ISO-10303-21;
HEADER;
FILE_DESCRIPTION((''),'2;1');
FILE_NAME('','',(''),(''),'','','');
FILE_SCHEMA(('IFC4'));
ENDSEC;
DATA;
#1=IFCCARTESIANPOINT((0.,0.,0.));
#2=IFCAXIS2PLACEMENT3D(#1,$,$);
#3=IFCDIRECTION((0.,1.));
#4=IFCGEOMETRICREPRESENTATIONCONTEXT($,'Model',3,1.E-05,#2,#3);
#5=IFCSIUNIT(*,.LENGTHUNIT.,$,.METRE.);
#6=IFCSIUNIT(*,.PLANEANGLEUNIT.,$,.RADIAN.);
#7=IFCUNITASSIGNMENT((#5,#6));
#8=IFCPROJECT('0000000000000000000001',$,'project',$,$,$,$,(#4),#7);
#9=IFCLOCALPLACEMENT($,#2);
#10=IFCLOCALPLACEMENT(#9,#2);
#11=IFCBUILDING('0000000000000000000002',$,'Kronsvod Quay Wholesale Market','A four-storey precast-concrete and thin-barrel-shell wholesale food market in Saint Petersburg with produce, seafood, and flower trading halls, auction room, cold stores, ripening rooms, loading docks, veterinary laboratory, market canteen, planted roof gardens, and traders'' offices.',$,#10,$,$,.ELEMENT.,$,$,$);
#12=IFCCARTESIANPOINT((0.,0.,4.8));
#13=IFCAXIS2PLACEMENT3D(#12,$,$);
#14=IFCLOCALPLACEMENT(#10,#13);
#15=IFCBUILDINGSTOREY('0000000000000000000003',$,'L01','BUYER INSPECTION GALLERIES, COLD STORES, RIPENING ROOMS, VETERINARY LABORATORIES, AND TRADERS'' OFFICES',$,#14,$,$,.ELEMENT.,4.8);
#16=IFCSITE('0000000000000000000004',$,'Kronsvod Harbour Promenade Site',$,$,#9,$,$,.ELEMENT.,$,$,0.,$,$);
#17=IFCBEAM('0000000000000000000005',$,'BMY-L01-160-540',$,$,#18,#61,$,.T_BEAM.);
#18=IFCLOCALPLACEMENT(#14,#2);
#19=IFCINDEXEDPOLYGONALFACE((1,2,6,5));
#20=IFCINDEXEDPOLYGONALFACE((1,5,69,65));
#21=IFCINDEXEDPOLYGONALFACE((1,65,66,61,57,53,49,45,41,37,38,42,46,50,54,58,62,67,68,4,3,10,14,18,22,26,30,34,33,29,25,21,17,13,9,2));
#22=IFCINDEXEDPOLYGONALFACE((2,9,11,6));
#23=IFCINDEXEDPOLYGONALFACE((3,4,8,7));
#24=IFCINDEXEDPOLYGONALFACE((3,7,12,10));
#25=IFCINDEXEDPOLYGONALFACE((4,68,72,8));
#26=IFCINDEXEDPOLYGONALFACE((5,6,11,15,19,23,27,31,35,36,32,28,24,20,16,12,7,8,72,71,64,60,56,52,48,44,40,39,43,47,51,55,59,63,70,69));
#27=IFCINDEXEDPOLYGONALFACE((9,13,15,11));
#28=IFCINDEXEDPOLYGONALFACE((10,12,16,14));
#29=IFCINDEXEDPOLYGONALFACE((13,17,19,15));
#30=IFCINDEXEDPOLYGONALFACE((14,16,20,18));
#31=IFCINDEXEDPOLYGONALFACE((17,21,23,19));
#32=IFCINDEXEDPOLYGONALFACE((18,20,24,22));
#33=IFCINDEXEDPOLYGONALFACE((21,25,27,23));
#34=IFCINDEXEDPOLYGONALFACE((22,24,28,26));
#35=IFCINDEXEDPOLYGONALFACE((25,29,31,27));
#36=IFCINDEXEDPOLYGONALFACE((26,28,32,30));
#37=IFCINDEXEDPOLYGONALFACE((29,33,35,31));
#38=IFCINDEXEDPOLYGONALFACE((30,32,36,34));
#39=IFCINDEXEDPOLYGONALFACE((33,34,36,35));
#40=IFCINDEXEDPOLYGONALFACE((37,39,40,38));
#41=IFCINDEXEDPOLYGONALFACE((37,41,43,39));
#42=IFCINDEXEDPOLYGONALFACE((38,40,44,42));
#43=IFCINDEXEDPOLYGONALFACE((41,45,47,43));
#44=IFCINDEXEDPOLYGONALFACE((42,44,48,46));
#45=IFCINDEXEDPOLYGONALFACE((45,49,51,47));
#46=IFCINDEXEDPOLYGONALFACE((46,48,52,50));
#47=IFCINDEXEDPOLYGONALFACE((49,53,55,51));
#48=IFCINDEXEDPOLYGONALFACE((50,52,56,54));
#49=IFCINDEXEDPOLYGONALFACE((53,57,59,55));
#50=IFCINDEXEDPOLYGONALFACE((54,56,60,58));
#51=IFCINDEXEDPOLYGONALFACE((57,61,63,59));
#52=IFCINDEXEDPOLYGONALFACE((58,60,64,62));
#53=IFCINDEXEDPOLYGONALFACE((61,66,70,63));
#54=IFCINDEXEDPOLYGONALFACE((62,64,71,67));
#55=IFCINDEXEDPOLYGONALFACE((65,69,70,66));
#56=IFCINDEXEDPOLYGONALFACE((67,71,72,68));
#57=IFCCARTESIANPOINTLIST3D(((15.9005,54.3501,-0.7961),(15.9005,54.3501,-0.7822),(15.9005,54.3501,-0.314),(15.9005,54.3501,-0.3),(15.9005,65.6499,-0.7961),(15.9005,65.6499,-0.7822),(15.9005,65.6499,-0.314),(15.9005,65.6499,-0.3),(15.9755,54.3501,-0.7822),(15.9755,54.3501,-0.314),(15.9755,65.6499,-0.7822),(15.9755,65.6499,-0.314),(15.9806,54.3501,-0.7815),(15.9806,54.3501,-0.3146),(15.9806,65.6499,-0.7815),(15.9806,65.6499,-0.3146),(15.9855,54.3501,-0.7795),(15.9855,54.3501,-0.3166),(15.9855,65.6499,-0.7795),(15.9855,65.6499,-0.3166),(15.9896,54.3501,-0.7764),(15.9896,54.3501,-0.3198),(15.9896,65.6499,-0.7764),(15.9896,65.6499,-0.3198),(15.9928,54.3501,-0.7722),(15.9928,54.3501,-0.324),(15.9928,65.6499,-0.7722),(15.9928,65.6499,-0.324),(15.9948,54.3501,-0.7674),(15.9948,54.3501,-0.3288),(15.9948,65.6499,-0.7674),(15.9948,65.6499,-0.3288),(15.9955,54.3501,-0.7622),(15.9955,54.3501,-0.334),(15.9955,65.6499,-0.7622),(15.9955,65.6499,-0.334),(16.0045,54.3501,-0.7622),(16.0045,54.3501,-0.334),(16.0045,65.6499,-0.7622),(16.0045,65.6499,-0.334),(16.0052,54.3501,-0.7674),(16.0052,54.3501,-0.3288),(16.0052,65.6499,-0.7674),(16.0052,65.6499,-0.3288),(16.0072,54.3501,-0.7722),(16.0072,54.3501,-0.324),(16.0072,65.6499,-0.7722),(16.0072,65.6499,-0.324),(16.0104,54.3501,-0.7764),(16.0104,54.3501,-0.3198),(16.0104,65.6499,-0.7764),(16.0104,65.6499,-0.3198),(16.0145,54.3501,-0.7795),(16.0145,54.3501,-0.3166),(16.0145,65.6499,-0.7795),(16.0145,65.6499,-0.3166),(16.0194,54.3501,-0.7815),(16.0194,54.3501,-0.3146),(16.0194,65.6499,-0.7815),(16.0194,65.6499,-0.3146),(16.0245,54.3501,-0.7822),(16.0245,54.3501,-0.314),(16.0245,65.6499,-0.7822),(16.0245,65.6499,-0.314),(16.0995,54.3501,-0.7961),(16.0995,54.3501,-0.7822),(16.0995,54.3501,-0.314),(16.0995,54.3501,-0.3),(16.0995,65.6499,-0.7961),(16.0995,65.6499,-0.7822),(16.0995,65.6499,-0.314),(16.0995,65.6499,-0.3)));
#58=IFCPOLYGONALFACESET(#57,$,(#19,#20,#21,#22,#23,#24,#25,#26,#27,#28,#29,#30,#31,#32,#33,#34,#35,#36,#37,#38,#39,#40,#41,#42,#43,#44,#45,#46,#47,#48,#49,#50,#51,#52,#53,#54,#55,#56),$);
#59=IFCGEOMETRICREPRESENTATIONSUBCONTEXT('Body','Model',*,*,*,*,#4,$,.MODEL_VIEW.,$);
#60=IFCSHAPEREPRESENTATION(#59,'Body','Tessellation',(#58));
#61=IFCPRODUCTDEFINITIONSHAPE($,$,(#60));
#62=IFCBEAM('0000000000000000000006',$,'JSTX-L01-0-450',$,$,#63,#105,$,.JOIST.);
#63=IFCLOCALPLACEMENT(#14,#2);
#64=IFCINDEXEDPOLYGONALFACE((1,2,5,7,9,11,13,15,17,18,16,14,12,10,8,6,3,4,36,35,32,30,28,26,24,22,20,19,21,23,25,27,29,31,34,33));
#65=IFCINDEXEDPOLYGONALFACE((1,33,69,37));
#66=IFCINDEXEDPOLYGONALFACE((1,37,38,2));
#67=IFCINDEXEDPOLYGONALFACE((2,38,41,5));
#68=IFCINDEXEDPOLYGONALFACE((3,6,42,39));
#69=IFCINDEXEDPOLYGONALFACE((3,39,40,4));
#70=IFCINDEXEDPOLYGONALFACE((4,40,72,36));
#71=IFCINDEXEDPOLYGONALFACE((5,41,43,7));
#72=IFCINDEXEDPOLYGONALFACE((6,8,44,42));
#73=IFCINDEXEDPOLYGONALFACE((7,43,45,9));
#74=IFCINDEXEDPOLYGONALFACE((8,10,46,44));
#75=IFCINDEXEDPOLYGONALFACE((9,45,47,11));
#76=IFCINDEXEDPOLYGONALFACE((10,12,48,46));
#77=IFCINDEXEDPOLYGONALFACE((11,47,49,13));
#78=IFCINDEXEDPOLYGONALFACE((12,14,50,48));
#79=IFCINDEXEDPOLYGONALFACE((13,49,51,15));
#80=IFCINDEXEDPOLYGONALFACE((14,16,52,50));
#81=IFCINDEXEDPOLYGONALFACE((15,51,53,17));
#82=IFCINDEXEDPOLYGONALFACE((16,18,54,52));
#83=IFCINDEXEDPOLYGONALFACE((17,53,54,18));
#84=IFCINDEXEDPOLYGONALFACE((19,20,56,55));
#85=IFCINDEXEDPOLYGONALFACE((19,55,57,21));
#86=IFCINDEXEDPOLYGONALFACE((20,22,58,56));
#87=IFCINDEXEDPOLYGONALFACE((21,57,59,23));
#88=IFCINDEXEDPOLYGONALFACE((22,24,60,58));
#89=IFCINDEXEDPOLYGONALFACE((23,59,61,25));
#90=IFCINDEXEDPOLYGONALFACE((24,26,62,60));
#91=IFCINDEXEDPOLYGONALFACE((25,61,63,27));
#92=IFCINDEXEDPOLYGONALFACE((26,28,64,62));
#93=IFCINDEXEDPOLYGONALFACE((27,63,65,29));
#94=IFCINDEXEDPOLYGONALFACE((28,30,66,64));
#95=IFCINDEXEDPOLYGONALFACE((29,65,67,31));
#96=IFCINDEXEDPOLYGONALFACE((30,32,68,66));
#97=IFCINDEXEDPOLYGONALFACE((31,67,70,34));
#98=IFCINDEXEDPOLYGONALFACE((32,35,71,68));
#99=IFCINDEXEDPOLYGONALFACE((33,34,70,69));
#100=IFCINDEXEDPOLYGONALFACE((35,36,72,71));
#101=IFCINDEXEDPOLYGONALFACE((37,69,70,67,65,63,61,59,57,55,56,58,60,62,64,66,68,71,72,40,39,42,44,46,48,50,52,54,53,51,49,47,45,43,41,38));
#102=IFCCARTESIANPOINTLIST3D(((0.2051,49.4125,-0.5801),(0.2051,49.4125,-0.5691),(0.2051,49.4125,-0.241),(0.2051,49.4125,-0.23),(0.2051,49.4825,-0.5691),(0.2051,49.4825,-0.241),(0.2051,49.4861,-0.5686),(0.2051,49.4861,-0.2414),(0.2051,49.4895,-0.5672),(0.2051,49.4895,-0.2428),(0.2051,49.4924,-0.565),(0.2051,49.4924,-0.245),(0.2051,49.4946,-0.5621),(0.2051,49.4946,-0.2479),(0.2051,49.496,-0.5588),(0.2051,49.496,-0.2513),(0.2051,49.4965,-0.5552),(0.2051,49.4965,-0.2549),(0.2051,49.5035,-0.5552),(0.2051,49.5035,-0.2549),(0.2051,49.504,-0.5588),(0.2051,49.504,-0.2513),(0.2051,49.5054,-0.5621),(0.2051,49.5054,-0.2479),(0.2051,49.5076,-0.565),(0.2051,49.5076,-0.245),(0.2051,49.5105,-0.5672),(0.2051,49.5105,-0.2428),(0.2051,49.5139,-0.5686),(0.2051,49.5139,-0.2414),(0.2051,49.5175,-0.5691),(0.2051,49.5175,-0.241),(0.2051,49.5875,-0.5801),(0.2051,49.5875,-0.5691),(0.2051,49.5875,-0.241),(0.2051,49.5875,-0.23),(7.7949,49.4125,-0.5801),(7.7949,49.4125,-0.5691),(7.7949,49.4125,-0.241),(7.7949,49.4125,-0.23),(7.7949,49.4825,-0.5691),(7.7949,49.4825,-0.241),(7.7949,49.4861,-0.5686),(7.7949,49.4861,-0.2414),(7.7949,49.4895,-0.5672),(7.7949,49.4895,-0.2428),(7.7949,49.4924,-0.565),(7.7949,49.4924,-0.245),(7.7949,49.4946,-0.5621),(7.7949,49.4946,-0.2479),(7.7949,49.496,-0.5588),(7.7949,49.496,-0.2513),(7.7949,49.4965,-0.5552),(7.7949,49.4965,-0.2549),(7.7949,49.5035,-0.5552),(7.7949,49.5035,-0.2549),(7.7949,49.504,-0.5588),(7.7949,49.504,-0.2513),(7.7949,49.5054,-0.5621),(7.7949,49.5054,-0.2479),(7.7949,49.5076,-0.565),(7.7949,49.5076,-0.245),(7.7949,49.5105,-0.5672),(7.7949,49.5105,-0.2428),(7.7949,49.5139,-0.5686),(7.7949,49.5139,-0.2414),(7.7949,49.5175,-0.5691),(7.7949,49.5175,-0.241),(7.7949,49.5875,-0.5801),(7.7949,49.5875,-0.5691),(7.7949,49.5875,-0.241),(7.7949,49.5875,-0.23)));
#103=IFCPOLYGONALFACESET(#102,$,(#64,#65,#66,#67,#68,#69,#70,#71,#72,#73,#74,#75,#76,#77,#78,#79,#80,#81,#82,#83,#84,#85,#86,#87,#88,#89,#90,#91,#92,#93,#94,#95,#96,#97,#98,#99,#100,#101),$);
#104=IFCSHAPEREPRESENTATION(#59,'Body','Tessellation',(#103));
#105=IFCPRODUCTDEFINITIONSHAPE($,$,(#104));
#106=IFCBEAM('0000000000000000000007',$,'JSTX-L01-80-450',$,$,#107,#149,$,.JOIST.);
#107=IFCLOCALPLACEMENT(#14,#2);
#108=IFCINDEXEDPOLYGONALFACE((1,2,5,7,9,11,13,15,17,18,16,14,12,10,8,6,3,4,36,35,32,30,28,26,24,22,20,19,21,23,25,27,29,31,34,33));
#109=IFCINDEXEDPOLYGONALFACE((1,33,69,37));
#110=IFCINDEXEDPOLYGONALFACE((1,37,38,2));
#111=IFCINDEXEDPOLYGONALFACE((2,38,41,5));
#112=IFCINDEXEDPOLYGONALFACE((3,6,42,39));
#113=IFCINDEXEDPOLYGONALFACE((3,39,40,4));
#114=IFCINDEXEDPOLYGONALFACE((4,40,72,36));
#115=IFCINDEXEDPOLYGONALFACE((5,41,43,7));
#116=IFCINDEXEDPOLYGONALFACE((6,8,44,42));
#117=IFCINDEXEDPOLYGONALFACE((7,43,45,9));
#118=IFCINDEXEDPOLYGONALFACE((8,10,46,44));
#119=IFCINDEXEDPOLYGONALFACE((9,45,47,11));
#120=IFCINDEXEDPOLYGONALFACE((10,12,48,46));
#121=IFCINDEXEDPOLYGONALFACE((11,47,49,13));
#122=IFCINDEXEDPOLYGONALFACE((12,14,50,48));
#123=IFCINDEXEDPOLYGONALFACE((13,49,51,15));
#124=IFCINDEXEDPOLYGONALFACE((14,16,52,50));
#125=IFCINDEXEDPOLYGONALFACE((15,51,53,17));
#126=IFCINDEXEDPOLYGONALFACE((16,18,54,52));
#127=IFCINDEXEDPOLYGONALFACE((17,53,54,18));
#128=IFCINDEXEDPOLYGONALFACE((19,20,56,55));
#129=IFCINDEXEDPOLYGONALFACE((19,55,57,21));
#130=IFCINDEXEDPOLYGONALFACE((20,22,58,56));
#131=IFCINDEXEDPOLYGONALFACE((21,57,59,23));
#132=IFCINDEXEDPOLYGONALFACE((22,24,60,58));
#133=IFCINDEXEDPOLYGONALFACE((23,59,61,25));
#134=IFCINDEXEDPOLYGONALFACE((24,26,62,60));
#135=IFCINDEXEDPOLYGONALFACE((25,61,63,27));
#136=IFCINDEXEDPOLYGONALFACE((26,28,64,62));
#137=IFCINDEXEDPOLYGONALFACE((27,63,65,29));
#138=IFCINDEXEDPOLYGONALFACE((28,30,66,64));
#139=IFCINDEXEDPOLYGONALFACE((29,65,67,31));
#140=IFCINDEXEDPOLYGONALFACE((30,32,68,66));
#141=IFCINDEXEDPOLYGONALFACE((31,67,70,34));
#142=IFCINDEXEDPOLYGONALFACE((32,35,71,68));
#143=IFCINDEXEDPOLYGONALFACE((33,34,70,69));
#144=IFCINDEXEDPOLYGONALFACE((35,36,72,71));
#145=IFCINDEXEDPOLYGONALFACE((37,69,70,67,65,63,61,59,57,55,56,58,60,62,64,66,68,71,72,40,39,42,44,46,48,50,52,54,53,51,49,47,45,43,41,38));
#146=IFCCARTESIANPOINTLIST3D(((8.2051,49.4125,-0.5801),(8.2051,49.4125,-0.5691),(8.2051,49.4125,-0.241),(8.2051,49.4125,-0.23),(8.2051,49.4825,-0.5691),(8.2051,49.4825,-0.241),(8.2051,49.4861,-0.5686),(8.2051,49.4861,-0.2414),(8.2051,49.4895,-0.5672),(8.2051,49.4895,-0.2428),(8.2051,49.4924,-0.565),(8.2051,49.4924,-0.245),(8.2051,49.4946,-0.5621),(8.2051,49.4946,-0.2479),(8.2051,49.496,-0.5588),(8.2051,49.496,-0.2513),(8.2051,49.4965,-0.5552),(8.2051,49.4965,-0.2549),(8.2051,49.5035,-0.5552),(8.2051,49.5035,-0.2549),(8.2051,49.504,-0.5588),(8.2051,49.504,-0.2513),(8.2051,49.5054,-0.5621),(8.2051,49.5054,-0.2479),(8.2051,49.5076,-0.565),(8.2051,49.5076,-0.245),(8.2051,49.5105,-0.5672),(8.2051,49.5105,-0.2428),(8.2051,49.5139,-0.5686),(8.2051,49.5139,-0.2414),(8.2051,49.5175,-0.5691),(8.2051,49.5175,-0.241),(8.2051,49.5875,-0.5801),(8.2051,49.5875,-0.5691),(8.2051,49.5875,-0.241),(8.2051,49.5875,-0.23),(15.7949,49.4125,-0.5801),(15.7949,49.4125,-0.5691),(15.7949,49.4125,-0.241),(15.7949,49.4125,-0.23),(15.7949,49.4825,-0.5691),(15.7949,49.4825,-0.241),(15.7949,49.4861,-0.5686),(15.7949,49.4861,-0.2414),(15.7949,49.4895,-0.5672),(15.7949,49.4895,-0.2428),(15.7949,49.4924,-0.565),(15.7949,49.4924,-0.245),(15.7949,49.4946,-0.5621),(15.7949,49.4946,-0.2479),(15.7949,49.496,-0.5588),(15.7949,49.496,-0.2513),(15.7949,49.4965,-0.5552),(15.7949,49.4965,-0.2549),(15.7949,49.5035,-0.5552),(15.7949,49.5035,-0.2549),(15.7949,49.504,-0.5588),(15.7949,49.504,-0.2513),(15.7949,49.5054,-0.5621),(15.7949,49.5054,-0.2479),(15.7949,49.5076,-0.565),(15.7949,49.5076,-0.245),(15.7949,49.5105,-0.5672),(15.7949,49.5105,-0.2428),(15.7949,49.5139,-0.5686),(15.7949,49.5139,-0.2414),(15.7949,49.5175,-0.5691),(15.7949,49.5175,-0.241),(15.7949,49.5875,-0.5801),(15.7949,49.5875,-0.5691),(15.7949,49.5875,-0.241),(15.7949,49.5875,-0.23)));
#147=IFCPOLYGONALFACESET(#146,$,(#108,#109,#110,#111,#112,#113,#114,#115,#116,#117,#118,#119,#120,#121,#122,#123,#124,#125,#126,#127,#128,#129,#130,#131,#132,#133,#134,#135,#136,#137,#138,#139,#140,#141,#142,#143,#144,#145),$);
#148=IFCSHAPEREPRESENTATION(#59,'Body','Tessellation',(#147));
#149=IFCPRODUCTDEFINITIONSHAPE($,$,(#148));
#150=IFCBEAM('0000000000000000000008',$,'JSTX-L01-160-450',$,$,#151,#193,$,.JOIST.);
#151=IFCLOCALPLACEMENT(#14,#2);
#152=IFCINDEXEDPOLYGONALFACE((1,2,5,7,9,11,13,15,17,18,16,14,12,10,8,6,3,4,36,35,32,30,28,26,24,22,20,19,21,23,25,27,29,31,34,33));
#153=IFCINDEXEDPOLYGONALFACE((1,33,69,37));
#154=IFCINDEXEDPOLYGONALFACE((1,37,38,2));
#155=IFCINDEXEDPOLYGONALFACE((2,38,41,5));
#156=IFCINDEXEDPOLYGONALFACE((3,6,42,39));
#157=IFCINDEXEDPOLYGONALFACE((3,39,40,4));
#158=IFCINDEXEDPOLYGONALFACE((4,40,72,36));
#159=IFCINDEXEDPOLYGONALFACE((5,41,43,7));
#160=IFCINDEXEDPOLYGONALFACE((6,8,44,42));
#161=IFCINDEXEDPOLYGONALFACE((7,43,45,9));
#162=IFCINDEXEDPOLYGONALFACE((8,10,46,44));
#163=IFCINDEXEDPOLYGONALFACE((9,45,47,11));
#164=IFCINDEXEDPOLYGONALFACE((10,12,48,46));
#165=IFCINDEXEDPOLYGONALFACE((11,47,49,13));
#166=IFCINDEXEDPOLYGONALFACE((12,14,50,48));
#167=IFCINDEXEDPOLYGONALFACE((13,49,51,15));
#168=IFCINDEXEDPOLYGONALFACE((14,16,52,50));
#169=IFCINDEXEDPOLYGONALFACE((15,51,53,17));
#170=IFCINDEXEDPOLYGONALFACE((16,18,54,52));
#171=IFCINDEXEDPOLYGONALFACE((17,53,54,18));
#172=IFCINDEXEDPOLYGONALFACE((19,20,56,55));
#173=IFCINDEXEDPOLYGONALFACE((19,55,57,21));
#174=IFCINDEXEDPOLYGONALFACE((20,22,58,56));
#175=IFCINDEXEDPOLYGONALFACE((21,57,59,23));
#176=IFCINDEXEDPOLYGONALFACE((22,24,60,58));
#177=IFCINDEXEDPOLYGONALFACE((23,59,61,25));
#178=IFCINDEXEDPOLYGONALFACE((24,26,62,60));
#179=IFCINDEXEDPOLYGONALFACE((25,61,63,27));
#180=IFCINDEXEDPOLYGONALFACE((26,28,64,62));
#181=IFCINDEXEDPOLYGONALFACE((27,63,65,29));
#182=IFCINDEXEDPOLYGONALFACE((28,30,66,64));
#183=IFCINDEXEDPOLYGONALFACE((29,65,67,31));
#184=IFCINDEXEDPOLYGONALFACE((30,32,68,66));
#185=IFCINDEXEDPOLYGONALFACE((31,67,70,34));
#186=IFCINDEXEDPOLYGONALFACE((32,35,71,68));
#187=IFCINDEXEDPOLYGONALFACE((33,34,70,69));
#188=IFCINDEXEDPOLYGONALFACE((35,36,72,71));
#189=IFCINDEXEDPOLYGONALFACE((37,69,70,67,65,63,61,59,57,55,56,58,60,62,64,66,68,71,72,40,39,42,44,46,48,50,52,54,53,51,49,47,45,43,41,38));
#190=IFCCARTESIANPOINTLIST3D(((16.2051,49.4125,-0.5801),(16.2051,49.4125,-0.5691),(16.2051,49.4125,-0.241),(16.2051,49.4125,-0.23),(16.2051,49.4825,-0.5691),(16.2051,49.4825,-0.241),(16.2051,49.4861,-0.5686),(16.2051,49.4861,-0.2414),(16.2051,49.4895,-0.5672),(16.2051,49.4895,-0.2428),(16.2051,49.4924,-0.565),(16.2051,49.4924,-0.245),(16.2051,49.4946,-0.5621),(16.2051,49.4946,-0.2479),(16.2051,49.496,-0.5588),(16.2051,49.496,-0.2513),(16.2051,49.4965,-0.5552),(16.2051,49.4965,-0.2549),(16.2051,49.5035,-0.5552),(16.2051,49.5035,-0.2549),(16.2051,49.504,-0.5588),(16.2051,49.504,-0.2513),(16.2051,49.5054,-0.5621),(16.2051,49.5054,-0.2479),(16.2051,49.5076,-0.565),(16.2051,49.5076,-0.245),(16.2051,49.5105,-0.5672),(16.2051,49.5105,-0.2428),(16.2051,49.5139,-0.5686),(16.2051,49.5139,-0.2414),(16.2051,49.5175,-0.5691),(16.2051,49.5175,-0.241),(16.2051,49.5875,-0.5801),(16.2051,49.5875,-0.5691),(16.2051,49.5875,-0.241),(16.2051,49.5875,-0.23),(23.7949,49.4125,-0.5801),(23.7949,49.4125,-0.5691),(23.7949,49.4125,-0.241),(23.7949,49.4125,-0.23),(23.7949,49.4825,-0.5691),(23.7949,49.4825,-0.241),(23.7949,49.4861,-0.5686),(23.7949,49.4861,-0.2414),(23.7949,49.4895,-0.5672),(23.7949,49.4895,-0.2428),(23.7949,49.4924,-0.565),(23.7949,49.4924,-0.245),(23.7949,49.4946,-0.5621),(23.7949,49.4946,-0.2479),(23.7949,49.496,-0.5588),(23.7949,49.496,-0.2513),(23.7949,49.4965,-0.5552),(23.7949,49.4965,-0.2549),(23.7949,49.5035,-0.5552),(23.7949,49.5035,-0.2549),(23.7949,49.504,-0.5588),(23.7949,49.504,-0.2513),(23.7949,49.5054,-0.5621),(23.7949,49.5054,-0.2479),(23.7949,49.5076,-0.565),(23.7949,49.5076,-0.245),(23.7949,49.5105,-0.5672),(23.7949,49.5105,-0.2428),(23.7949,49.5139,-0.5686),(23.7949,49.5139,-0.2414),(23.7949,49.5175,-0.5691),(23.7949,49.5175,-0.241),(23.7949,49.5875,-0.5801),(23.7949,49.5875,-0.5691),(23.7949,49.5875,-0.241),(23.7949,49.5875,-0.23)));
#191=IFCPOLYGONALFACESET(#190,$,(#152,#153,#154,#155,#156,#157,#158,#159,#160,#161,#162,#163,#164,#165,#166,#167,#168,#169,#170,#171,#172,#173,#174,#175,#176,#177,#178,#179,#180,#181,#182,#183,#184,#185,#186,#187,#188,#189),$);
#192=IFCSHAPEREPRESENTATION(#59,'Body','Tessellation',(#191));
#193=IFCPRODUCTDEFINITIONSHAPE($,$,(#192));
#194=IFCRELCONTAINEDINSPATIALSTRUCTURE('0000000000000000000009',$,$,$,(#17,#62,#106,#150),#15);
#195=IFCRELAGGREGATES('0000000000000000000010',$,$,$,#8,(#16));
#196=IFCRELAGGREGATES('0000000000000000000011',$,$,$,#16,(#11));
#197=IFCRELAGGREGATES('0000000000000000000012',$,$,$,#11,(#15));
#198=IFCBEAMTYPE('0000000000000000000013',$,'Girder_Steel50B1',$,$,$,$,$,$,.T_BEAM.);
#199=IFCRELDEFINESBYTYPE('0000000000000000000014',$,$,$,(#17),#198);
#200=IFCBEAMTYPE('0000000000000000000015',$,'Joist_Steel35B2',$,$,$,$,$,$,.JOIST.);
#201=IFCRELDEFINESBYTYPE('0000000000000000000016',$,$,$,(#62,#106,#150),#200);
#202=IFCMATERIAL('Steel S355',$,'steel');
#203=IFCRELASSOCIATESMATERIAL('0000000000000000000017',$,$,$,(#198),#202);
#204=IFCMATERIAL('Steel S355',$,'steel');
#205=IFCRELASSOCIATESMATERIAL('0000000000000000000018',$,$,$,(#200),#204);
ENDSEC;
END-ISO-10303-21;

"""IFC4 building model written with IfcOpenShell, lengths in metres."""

from ifc_helpers import new_model, si_unit, direction, frame, origin, origin_2d, place, context, subcontext, project, spatial, i_section, extrude, material, material_profile, profile_set, type_object, element, save


model = new_model("IFC4")

# Units and contexts
model_context = context("Model", 3, precision=1e-05, world=origin(), true_north=direction((0.0, 1.0)))
body_context = subcontext(model_context, "Body", "Model", "MODEL_VIEW")
ifc_project = project(units=[si_unit("LENGTHUNIT", "METRE"), si_unit("PLANEANGLEUNIT", "RADIAN")], contexts=[model_context])

# Site, building, storey
site_placement = place(None, origin())
site = spatial("IfcSite", under=ifc_project, at=site_placement, Name="Kronsvod Harbour Promenade Site", CompositionType="ELEMENT", RefElevation=0.0)
building_placement = place(site_placement, origin())
building = spatial("IfcBuilding", under=site, at=building_placement, Name="Kronsvod Quay Wholesale Market", Description="A four-storey precast-concrete and thin-barrel-shell wholesale food market in Saint Petersburg with produce, seafood, and flower trading halls, auction room, cold stores, ripening rooms, loading docks, veterinary laboratory, market canteen, planted roof gardens, and traders' offices.", CompositionType="ELEMENT")
storey_placement = place(building_placement, frame((0.0, 0.0, 4.8)))
storey = spatial("IfcBuildingStorey", under=building, at=storey_placement, Name="L01", Description="BUYER INSPECTION GALLERIES, COLD STORES, RIPENING ROOMS, VETERINARY LABORATORIES, AND TRADERS' OFFICES", CompositionType="ELEMENT", Elevation=4.8)

# Beams
ifc_material_1 = material(Name="Steel S355", Category="steel")
ifc_material_profile_1 = material_profile(ifc_material_1, i_section(OverallWidth=0.199, OverallDepth=0.4961, WebThickness=0.009, FlangeThickness=0.0139, FilletRadius=0.02, at=origin_2d()), Name="50B1")
ifc_profile_set_1 = profile_set([ifc_material_profile_1], Name="Steel S355")
beam_type_1 = type_object("IfcBeamType", Name="Girder_Steel50B1", PredefinedType="T_BEAM", material=ifc_profile_set_1)
for number, where, z_axis, x_axis, name in (
    (1, (16.0, 54.3501, -0.5481), (0.0, 1.0, 0.0), (-1.0, 0.0, 0.0), "BMY-L01-160-540"),
):
    element("IfcBeam", number, at=place(storey_placement, frame(where, z_axis=z_axis, x_axis=x_axis)), inside=storey, type_object=beam_type_1, Name=name, PredefinedType="T_BEAM", context=body_context, shape_type="SweptSolid", body=[
        extrude(i_section(OverallWidth=0.199, OverallDepth=0.4961, WebThickness=0.009, FlangeThickness=0.0139, FilletRadius=0.02, at=origin_2d()), origin(), (0.0, 0.0, 1.0), 11.2998),
    ])
ifc_material_2 = material(Name="Steel S355", Category="steel")
ifc_material_profile_2 = material_profile(ifc_material_2, i_section(OverallWidth=0.175, OverallDepth=0.3501, WebThickness=0.0071, FlangeThickness=0.011, FilletRadius=0.0139, at=origin_2d()), Name="35B2")
ifc_profile_set_2 = profile_set([ifc_material_profile_2], Name="Steel S355")
beam_type_2 = type_object("IfcBeamType", Name="Joist_Steel35B2", PredefinedType="JOIST", material=ifc_profile_set_2)
for number, where, z_axis, x_axis, name in (
    (2, (0.2051, 49.5, -0.405), (1.0, 0.0, 0.0), (0.0, 1.0, 0.0), "JSTX-L01-0-450"),
    (3, (8.2051, 49.5, -0.405), (1.0, 0.0, 0.0), (0.0, 1.0, 0.0), "JSTX-L01-80-450"),
    (4, (16.2051, 49.5, -0.405), (1.0, 0.0, 0.0), (0.0, 1.0, 0.0), "JSTX-L01-160-450"),
):
    element("IfcBeam", number, at=place(storey_placement, frame(where, z_axis=z_axis, x_axis=x_axis)), inside=storey, type_object=beam_type_2, Name=name, PredefinedType="JOIST", context=body_context, shape_type="SweptSolid", body=[
        extrude(i_section(OverallWidth=0.175, OverallDepth=0.3501, WebThickness=0.0071, FlangeThickness=0.011, FilletRadius=0.0139, at=origin_2d()), origin(), (0.0, 0.0, 1.0), 7.5898),
    ])

save(model, "model.ifc")
